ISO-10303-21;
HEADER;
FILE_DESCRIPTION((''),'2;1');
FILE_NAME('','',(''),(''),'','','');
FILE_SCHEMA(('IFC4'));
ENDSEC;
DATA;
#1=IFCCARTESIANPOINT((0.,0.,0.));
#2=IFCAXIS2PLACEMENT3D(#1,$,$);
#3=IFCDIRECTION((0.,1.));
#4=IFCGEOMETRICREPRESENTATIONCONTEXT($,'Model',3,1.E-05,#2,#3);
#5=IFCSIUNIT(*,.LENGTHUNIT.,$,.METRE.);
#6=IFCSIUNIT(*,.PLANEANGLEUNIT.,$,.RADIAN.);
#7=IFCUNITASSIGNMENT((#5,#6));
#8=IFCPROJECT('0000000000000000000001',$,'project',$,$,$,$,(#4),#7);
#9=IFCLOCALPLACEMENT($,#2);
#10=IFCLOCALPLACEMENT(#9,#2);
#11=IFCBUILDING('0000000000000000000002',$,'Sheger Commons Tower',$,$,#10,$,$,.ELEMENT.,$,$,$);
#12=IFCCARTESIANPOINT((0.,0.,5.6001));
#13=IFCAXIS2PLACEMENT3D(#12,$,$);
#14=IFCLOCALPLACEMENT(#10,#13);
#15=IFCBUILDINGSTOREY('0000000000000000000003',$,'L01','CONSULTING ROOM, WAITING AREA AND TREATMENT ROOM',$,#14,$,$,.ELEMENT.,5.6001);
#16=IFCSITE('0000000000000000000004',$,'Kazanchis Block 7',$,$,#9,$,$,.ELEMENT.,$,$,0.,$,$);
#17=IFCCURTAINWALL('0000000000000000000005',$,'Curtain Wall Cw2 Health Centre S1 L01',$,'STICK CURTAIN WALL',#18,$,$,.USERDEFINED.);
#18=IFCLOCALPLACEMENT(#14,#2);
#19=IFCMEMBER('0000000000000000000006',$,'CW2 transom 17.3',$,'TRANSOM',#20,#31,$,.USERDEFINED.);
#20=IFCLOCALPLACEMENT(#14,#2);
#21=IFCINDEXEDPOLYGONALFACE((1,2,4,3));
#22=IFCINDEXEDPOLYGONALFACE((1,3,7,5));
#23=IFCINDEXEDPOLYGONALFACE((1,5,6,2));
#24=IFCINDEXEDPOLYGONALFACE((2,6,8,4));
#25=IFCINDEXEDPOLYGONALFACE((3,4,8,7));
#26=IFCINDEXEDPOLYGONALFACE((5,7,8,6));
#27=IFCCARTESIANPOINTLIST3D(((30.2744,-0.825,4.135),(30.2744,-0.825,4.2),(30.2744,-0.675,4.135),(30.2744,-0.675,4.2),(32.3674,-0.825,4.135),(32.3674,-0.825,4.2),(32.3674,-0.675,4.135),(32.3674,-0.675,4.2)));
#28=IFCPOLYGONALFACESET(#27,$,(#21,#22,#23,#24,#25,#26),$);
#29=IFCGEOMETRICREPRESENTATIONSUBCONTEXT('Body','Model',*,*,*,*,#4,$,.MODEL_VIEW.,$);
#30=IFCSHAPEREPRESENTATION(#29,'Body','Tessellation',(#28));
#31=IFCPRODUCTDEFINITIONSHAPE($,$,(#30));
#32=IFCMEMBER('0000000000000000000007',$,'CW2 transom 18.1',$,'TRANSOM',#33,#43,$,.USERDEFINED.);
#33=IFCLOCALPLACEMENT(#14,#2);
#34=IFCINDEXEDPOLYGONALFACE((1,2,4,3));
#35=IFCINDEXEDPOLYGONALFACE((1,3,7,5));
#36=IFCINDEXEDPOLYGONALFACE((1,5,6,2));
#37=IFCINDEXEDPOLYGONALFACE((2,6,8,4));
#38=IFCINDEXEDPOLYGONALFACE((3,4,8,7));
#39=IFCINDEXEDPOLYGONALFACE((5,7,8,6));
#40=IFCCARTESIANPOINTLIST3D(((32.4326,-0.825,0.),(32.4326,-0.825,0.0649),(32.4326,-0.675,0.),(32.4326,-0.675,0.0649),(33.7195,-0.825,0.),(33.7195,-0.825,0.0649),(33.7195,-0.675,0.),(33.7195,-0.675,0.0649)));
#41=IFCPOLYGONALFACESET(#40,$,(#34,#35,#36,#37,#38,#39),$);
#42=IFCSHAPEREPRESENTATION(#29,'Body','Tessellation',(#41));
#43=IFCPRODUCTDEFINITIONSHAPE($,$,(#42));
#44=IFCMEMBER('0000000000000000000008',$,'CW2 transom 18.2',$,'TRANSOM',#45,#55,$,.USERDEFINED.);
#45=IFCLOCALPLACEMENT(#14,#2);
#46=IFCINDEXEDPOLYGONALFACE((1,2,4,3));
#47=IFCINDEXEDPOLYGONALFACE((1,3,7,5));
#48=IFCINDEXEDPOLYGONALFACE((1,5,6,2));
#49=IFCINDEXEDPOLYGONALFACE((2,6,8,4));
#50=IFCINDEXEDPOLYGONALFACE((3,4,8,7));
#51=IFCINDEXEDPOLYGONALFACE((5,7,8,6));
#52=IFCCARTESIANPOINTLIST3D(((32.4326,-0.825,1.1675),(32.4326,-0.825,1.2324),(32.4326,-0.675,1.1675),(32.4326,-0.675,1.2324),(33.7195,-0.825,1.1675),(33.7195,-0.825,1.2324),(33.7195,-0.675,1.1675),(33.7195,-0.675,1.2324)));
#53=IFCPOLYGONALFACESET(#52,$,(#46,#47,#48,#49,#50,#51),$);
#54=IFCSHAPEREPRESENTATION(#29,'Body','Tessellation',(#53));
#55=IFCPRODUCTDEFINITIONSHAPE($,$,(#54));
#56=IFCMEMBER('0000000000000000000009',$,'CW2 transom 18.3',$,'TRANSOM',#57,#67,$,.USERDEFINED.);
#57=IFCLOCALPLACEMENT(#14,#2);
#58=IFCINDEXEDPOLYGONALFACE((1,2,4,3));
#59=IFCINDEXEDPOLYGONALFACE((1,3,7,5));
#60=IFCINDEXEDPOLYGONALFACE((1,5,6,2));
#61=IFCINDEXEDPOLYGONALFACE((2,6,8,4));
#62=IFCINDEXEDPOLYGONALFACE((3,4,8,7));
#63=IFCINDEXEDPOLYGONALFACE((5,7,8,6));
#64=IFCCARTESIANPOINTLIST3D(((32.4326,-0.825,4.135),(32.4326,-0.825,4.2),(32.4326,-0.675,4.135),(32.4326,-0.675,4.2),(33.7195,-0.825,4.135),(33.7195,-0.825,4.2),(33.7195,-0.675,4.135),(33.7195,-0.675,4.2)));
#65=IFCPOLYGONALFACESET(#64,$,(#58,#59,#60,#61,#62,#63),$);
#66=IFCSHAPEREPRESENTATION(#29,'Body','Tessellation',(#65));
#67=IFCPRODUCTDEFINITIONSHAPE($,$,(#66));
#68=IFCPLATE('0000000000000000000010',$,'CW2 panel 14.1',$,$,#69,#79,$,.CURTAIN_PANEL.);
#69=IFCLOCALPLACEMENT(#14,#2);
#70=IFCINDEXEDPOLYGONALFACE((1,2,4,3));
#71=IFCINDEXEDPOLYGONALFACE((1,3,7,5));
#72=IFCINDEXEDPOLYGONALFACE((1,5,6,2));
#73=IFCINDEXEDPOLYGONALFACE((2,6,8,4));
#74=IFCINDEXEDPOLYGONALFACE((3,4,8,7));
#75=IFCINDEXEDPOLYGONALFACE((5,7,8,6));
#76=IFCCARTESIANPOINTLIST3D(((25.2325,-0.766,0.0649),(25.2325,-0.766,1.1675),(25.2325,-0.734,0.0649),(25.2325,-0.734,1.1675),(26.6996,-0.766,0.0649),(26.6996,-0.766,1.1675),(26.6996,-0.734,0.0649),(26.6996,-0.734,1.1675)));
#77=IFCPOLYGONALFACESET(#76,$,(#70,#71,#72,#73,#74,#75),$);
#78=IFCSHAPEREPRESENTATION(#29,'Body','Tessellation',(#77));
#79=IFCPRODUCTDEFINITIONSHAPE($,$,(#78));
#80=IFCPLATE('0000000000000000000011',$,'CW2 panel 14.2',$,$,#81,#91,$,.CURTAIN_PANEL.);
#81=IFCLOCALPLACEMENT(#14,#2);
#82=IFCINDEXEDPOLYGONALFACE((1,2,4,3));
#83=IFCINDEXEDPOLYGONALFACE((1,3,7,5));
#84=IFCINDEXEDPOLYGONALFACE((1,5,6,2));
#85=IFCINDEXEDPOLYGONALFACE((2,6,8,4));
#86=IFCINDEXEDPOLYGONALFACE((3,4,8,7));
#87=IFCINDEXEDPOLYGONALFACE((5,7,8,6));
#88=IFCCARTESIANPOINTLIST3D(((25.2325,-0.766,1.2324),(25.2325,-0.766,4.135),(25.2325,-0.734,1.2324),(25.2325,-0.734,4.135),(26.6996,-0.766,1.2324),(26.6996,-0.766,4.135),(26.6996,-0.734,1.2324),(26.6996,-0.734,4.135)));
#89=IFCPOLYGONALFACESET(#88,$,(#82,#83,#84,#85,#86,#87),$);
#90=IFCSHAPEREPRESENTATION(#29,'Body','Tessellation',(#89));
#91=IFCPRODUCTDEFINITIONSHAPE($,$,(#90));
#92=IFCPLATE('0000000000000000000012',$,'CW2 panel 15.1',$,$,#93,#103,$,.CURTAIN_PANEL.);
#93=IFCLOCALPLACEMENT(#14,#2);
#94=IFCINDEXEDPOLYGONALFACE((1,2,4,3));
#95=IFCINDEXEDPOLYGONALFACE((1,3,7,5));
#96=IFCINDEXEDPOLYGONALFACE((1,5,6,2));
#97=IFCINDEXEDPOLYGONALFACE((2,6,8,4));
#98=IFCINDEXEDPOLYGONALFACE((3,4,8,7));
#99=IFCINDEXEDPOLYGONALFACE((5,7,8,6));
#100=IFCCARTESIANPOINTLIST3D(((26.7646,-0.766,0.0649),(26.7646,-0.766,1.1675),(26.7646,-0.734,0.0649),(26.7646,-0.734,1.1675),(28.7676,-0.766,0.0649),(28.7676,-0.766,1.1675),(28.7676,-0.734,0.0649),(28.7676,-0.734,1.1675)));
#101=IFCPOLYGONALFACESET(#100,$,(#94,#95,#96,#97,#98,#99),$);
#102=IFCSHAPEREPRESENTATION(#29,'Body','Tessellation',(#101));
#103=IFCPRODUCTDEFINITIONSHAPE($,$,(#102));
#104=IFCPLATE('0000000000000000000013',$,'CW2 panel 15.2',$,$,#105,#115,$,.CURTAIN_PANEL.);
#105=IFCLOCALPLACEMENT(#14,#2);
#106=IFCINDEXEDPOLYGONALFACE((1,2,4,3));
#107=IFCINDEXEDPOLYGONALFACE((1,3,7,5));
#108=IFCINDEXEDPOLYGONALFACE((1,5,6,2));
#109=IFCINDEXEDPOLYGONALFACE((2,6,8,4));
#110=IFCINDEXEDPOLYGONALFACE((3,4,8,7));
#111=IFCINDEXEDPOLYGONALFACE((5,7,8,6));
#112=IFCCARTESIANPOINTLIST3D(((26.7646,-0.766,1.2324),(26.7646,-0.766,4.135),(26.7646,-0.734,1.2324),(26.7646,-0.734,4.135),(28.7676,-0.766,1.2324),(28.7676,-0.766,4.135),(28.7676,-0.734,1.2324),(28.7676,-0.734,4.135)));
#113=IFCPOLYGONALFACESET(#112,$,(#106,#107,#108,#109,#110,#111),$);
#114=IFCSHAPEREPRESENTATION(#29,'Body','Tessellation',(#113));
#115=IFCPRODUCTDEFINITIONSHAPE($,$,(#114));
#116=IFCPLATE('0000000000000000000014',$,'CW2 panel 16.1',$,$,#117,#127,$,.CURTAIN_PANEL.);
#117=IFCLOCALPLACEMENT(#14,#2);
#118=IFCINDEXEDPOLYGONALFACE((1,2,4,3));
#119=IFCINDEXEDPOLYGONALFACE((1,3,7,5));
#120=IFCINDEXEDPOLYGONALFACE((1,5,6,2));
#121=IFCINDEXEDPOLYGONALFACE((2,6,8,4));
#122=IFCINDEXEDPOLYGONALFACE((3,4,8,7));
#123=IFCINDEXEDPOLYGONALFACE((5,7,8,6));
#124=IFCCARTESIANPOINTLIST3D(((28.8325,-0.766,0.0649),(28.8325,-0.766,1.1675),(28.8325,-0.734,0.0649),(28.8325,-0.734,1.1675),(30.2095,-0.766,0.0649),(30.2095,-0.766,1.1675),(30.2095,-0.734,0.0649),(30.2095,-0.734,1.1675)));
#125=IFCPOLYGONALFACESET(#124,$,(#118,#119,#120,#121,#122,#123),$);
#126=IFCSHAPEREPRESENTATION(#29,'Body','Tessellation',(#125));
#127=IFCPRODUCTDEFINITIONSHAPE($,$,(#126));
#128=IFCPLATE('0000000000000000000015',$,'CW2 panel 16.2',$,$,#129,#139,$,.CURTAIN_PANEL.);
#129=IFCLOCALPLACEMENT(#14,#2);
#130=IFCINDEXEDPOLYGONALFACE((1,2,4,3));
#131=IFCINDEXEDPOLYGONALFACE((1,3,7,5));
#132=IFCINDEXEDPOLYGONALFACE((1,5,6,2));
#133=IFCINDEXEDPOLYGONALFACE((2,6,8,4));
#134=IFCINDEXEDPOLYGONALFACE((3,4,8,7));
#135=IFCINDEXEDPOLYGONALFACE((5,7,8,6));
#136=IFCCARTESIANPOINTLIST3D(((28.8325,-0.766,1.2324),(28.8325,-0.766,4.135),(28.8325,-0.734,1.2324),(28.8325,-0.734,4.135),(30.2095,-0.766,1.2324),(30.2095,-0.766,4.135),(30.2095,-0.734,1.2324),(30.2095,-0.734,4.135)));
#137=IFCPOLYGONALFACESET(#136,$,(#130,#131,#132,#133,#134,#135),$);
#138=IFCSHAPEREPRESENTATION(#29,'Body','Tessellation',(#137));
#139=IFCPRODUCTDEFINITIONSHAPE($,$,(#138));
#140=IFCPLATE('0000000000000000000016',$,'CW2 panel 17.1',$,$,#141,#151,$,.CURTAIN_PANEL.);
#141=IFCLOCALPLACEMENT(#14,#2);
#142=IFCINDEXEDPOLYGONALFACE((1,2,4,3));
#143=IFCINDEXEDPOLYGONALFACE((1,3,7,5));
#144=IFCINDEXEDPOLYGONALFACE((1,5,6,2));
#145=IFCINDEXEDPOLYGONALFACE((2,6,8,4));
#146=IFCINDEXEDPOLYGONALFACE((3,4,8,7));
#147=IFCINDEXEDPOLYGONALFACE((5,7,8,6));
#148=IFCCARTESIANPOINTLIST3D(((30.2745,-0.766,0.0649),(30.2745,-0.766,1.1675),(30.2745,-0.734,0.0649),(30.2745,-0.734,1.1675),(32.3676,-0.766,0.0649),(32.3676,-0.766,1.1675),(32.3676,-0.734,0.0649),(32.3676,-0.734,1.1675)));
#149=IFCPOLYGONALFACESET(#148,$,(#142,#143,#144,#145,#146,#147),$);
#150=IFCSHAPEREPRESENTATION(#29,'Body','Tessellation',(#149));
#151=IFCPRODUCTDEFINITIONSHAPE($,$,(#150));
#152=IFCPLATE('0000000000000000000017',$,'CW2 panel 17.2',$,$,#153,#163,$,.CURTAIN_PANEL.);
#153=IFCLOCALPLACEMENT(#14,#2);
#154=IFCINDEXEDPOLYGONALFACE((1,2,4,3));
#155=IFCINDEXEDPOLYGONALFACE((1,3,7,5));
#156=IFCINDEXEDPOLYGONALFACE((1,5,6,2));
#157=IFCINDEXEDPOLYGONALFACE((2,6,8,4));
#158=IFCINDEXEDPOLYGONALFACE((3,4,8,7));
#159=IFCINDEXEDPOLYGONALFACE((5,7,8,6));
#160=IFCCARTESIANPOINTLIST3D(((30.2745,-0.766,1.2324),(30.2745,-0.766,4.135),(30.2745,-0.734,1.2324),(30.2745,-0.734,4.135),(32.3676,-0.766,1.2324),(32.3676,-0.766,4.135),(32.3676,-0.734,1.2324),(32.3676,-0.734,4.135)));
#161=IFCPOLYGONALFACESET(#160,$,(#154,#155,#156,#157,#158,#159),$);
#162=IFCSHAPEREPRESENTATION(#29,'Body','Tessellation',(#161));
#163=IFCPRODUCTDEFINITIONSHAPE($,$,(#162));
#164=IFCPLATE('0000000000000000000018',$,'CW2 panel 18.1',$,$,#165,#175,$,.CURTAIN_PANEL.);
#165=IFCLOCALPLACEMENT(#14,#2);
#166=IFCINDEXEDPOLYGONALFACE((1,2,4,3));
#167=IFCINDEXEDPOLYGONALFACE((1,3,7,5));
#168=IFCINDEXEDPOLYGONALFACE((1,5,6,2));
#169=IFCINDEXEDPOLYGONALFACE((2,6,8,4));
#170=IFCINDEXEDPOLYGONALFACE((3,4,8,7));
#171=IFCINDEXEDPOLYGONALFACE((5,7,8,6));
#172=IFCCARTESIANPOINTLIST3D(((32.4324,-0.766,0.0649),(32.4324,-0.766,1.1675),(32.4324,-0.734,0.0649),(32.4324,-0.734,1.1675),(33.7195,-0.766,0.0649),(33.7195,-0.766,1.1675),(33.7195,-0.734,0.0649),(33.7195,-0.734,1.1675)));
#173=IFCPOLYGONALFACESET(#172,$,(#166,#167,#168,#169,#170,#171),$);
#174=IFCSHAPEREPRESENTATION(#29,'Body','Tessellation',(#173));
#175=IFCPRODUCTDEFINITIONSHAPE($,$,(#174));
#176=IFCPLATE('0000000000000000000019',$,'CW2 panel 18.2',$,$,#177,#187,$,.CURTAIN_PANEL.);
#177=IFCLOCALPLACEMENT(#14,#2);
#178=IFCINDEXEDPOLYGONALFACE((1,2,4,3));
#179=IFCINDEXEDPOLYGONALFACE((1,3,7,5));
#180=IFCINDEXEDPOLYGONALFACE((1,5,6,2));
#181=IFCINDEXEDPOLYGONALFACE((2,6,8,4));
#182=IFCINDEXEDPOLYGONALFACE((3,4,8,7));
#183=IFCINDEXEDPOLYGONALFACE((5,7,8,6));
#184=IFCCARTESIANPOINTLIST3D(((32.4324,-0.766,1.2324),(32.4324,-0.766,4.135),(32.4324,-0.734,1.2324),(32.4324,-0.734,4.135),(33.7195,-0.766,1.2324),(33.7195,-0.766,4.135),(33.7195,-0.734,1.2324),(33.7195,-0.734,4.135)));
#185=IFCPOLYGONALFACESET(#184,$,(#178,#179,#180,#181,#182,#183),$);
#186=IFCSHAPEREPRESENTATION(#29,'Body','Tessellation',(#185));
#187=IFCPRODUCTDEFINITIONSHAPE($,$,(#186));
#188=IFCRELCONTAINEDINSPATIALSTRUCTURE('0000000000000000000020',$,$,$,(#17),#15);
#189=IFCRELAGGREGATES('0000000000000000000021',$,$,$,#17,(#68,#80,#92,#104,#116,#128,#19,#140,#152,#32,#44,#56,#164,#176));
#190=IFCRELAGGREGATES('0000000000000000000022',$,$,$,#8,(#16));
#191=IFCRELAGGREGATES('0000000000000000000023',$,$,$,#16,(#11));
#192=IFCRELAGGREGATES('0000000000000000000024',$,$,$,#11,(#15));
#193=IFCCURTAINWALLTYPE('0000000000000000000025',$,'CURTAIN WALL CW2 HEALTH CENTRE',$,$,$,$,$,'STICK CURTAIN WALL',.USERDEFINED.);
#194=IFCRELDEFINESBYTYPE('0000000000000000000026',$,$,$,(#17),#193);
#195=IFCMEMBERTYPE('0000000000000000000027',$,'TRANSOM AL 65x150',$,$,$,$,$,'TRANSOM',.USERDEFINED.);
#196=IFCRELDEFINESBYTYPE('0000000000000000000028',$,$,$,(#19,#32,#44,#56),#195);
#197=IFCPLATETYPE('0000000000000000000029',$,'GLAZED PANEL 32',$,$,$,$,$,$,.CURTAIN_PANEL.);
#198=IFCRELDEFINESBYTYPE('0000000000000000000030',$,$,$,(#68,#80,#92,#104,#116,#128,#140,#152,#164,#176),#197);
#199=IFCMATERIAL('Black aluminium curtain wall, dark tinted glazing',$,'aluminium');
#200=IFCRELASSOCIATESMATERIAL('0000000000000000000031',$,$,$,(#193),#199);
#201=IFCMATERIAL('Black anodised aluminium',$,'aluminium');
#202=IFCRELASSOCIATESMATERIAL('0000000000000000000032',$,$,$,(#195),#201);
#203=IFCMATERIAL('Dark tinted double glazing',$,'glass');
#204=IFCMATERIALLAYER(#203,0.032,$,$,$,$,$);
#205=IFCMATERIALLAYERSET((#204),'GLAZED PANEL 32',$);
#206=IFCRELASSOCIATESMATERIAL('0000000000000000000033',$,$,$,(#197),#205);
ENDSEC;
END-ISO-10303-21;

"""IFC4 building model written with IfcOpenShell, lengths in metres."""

from ifc_helpers import new_model, si_unit, direction, frame, origin, origin_2d, place, context, subcontext, project, spatial, rectangle, extrude, material, layer, layer_set, material_profile, profile_set, type_object, element, aggregate, save


model = new_model("IFC4")

# Units and contexts
model_context = context("Model", 3, precision=1e-05, world=origin(), true_north=direction((0.0, 1.0)))
body_context = subcontext(model_context, "Body", "Model", "MODEL_VIEW")
ifc_project = project(units=[si_unit("LENGTHUNIT", "METRE"), si_unit("PLANEANGLEUNIT", "RADIAN")], contexts=[model_context])

# Site, building, storey
site_placement = place(None, origin())
site = spatial("IfcSite", under=ifc_project, at=site_placement, Name="Kazanchis Block 7", CompositionType="ELEMENT", RefElevation=0.0)
building_placement = place(site_placement, origin())
building = spatial("IfcBuilding", under=site, at=building_placement, Name="Sheger Commons Tower", CompositionType="ELEMENT")
storey_placement = place(building_placement, frame((0.0, 0.0, 5.6001)))
storey = spatial("IfcBuildingStorey", under=building, at=storey_placement, Name="L01", Description="CONSULTING ROOM, WAITING AREA AND TREATMENT ROOM", CompositionType="ELEMENT", Elevation=5.6001)

# Curtain wall, members, plates
ifc_material_1 = material(Name="Black aluminium curtain wall, dark tinted glazing", Category="aluminium")
curtain_wall_type = type_object("IfcCurtainWallType", Name="CURTAIN WALL CW2 HEALTH CENTRE", ElementType="STICK CURTAIN WALL", PredefinedType="USERDEFINED", material=ifc_material_1)
curtain_wall_placement = place(storey_placement, origin())
curtain_wall = element("IfcCurtainWall", 1, at=curtain_wall_placement, inside=storey, type_object=curtain_wall_type, Name="Curtain Wall Cw2 Health Centre S1 L01", ObjectType="STICK CURTAIN WALL", PredefinedType="USERDEFINED")
ifc_material_2 = material(Name="Black anodised aluminium", Category="aluminium")
ifc_material_profile_1 = material_profile(ifc_material_2, rectangle(XDim=0.1499, YDim=0.0649, at=origin_2d()), Name="AL 65x150")
ifc_profile_set_1 = profile_set([ifc_material_profile_1], Name="Black anodised aluminium")
member_type_1 = type_object("IfcMemberType", Name="TRANSOM AL 65x150", ElementType="TRANSOM", PredefinedType="USERDEFINED", material=ifc_profile_set_1)
member_1_placement = place(storey_placement, frame((30.2744, -0.75, 4.1675), z_axis=(1.0, 0.0, 0.0), x_axis=(0.0, 1.0, 0.0)))
member_1 = element("IfcMember", 2, at=member_1_placement, type_object=member_type_1, Name="CW2 transom 17.3", ObjectType="TRANSOM", PredefinedType="USERDEFINED", context=body_context, shape_type="SweptSolid", body=[
    extrude(rectangle(XDim=0.1499, YDim=0.0649, at=origin_2d()), origin(), (0.0, 0.0, 1.0), 2.093),
])
member_2_placement = place(storey_placement, frame((32.4326, -0.75, 0.0325), z_axis=(1.0, 0.0, 0.0), x_axis=(0.0, 1.0, 0.0)))
member_2 = element("IfcMember", 3, at=member_2_placement, type_object=member_type_1, Name="CW2 transom 18.1", ObjectType="TRANSOM", PredefinedType="USERDEFINED", context=body_context, shape_type="SweptSolid", body=[
    extrude(rectangle(XDim=0.1499, YDim=0.0649, at=origin_2d()), origin(), (0.0, 0.0, 1.0), 1.2869),
])
member_3_placement = place(storey_placement, frame((32.4326, -0.75, 1.2), z_axis=(1.0, 0.0, 0.0), x_axis=(0.0, 1.0, 0.0)))
member_3 = element("IfcMember", 4, at=member_3_placement, type_object=member_type_1, Name="CW2 transom 18.2", ObjectType="TRANSOM", PredefinedType="USERDEFINED", context=body_context, shape_type="SweptSolid", body=[
    extrude(rectangle(XDim=0.1499, YDim=0.0649, at=origin_2d()), origin(), (0.0, 0.0, 1.0), 1.2869),
])
member_4_placement = place(storey_placement, frame((32.4326, -0.75, 4.1675), z_axis=(1.0, 0.0, 0.0), x_axis=(0.0, 1.0, 0.0)))
member_4 = element("IfcMember", 5, at=member_4_placement, type_object=member_type_1, Name="CW2 transom 18.3", ObjectType="TRANSOM", PredefinedType="USERDEFINED", context=body_context, shape_type="SweptSolid", body=[
    extrude(rectangle(XDim=0.1499, YDim=0.0649, at=origin_2d()), origin(), (0.0, 0.0, 1.0), 1.2869),
])
ifc_material_3 = material(Name="Dark tinted double glazing", Category="glass")
ifc_layer = layer(ifc_material_3, 0.032)
ifc_layer_set = layer_set([ifc_layer], Name="GLAZED PANEL 32")
plate_type = type_object("IfcPlateType", Name="GLAZED PANEL 32", PredefinedType="CURTAIN_PANEL", material=ifc_layer_set)
plate_1_placement = place(storey_placement, frame((25.9661, -0.75, 0.0649), z_axis=(0.0, 0.0, 1.0), x_axis=(1.0, 0.0, 0.0)))
plate_1 = element("IfcPlate", 6, at=plate_1_placement, type_object=plate_type, Name="CW2 panel 14.1", PredefinedType="CURTAIN_PANEL", context=body_context, shape_type="SweptSolid", body=[
    extrude(rectangle(XDim=1.467, YDim=0.032, at=origin_2d()), origin(), (0.0, 0.0, 1.0), 1.1025),
])
plate_2_placement = place(storey_placement, frame((25.9661, -0.75, 1.2324), z_axis=(0.0, 0.0, 1.0), x_axis=(1.0, 0.0, 0.0)))
plate_2 = element("IfcPlate", 7, at=plate_2_placement, type_object=plate_type, Name="CW2 panel 14.2", PredefinedType="CURTAIN_PANEL", context=body_context, shape_type="SweptSolid", body=[
    extrude(rectangle(XDim=1.467, YDim=0.032, at=origin_2d()), origin(), (0.0, 0.0, 1.0), 2.9026),
])
plate_3_placement = place(storey_placement, frame((27.7661, -0.75, 0.0649), z_axis=(0.0, 0.0, 1.0), x_axis=(1.0, 0.0, 0.0)))
plate_3 = element("IfcPlate", 8, at=plate_3_placement, type_object=plate_type, Name="CW2 panel 15.1", PredefinedType="CURTAIN_PANEL", context=body_context, shape_type="SweptSolid", body=[
    extrude(rectangle(XDim=2.0029, YDim=0.032, at=origin_2d()), origin(), (0.0, 0.0, 1.0), 1.1025),
])
plate_4_placement = place(storey_placement, frame((27.7661, -0.75, 1.2324), z_axis=(0.0, 0.0, 1.0), x_axis=(1.0, 0.0, 0.0)))
plate_4 = element("IfcPlate", 9, at=plate_4_placement, type_object=plate_type, Name="CW2 panel 15.2", PredefinedType="CURTAIN_PANEL", context=body_context, shape_type="SweptSolid", body=[
    extrude(rectangle(XDim=2.0029, YDim=0.032, at=origin_2d()), origin(), (0.0, 0.0, 1.0), 2.9026),
])
plate_5_placement = place(storey_placement, frame((29.521, -0.75, 0.0649), z_axis=(0.0, 0.0, 1.0), x_axis=(1.0, 0.0, 0.0)))
plate_5 = element("IfcPlate", 10, at=plate_5_placement, type_object=plate_type, Name="CW2 panel 16.1", PredefinedType="CURTAIN_PANEL", context=body_context, shape_type="SweptSolid", body=[
    extrude(rectangle(XDim=1.377, YDim=0.032, at=origin_2d()), origin(), (0.0, 0.0, 1.0), 1.1025),
])
plate_6_placement = place(storey_placement, frame((29.521, -0.75, 1.2324), z_axis=(0.0, 0.0, 1.0), x_axis=(1.0, 0.0, 0.0)))
plate_6 = element("IfcPlate", 11, at=plate_6_placement, type_object=plate_type, Name="CW2 panel 16.2", PredefinedType="CURTAIN_PANEL", context=body_context, shape_type="SweptSolid", body=[
    extrude(rectangle(XDim=1.377, YDim=0.032, at=origin_2d()), origin(), (0.0, 0.0, 1.0), 2.9026),
])
plate_7_placement = place(storey_placement, frame((31.321, -0.75, 0.0649), z_axis=(0.0, 0.0, 1.0), x_axis=(1.0, 0.0, 0.0)))
plate_7 = element("IfcPlate", 12, at=plate_7_placement, type_object=plate_type, Name="CW2 panel 17.1", PredefinedType="CURTAIN_PANEL", context=body_context, shape_type="SweptSolid", body=[
    extrude(rectangle(XDim=2.093, YDim=0.032, at=origin_2d()), origin(), (0.0, 0.0, 1.0), 1.1025),
])
plate_8_placement = place(storey_placement, frame((31.321, -0.75, 1.2324), z_axis=(0.0, 0.0, 1.0), x_axis=(1.0, 0.0, 0.0)))
plate_8 = element("IfcPlate", 13, at=plate_8_placement, type_object=plate_type, Name="CW2 panel 17.2", PredefinedType="CURTAIN_PANEL", context=body_context, shape_type="SweptSolid", body=[
    extrude(rectangle(XDim=2.093, YDim=0.032, at=origin_2d()), origin(), (0.0, 0.0, 1.0), 2.9026),
])
plate_9_placement = place(storey_placement, frame((33.0759, -0.75, 0.0649), z_axis=(0.0, 0.0, 1.0), x_axis=(1.0, 0.0, 0.0)))
plate_9 = element("IfcPlate", 14, at=plate_9_placement, type_object=plate_type, Name="CW2 panel 18.1", PredefinedType="CURTAIN_PANEL", context=body_context, shape_type="SweptSolid", body=[
    extrude(rectangle(XDim=1.2871, YDim=0.032, at=origin_2d()), origin(), (0.0, 0.0, 1.0), 1.1025),
])
plate_10_placement = place(storey_placement, frame((33.0759, -0.75, 1.2324), z_axis=(0.0, 0.0, 1.0), x_axis=(1.0, 0.0, 0.0)))
plate_10 = element("IfcPlate", 15, at=plate_10_placement, type_object=plate_type, Name="CW2 panel 18.2", PredefinedType="CURTAIN_PANEL", context=body_context, shape_type="SweptSolid", body=[
    extrude(rectangle(XDim=1.2871, YDim=0.032, at=origin_2d()), origin(), (0.0, 0.0, 1.0), 2.9026),
])
aggregate(curtain_wall, [plate_1, plate_2, plate_3, plate_4, plate_5, plate_6, member_1, plate_7, plate_8, member_2, member_3, member_4, plate_9, plate_10])

save(model, "model.ifc")
